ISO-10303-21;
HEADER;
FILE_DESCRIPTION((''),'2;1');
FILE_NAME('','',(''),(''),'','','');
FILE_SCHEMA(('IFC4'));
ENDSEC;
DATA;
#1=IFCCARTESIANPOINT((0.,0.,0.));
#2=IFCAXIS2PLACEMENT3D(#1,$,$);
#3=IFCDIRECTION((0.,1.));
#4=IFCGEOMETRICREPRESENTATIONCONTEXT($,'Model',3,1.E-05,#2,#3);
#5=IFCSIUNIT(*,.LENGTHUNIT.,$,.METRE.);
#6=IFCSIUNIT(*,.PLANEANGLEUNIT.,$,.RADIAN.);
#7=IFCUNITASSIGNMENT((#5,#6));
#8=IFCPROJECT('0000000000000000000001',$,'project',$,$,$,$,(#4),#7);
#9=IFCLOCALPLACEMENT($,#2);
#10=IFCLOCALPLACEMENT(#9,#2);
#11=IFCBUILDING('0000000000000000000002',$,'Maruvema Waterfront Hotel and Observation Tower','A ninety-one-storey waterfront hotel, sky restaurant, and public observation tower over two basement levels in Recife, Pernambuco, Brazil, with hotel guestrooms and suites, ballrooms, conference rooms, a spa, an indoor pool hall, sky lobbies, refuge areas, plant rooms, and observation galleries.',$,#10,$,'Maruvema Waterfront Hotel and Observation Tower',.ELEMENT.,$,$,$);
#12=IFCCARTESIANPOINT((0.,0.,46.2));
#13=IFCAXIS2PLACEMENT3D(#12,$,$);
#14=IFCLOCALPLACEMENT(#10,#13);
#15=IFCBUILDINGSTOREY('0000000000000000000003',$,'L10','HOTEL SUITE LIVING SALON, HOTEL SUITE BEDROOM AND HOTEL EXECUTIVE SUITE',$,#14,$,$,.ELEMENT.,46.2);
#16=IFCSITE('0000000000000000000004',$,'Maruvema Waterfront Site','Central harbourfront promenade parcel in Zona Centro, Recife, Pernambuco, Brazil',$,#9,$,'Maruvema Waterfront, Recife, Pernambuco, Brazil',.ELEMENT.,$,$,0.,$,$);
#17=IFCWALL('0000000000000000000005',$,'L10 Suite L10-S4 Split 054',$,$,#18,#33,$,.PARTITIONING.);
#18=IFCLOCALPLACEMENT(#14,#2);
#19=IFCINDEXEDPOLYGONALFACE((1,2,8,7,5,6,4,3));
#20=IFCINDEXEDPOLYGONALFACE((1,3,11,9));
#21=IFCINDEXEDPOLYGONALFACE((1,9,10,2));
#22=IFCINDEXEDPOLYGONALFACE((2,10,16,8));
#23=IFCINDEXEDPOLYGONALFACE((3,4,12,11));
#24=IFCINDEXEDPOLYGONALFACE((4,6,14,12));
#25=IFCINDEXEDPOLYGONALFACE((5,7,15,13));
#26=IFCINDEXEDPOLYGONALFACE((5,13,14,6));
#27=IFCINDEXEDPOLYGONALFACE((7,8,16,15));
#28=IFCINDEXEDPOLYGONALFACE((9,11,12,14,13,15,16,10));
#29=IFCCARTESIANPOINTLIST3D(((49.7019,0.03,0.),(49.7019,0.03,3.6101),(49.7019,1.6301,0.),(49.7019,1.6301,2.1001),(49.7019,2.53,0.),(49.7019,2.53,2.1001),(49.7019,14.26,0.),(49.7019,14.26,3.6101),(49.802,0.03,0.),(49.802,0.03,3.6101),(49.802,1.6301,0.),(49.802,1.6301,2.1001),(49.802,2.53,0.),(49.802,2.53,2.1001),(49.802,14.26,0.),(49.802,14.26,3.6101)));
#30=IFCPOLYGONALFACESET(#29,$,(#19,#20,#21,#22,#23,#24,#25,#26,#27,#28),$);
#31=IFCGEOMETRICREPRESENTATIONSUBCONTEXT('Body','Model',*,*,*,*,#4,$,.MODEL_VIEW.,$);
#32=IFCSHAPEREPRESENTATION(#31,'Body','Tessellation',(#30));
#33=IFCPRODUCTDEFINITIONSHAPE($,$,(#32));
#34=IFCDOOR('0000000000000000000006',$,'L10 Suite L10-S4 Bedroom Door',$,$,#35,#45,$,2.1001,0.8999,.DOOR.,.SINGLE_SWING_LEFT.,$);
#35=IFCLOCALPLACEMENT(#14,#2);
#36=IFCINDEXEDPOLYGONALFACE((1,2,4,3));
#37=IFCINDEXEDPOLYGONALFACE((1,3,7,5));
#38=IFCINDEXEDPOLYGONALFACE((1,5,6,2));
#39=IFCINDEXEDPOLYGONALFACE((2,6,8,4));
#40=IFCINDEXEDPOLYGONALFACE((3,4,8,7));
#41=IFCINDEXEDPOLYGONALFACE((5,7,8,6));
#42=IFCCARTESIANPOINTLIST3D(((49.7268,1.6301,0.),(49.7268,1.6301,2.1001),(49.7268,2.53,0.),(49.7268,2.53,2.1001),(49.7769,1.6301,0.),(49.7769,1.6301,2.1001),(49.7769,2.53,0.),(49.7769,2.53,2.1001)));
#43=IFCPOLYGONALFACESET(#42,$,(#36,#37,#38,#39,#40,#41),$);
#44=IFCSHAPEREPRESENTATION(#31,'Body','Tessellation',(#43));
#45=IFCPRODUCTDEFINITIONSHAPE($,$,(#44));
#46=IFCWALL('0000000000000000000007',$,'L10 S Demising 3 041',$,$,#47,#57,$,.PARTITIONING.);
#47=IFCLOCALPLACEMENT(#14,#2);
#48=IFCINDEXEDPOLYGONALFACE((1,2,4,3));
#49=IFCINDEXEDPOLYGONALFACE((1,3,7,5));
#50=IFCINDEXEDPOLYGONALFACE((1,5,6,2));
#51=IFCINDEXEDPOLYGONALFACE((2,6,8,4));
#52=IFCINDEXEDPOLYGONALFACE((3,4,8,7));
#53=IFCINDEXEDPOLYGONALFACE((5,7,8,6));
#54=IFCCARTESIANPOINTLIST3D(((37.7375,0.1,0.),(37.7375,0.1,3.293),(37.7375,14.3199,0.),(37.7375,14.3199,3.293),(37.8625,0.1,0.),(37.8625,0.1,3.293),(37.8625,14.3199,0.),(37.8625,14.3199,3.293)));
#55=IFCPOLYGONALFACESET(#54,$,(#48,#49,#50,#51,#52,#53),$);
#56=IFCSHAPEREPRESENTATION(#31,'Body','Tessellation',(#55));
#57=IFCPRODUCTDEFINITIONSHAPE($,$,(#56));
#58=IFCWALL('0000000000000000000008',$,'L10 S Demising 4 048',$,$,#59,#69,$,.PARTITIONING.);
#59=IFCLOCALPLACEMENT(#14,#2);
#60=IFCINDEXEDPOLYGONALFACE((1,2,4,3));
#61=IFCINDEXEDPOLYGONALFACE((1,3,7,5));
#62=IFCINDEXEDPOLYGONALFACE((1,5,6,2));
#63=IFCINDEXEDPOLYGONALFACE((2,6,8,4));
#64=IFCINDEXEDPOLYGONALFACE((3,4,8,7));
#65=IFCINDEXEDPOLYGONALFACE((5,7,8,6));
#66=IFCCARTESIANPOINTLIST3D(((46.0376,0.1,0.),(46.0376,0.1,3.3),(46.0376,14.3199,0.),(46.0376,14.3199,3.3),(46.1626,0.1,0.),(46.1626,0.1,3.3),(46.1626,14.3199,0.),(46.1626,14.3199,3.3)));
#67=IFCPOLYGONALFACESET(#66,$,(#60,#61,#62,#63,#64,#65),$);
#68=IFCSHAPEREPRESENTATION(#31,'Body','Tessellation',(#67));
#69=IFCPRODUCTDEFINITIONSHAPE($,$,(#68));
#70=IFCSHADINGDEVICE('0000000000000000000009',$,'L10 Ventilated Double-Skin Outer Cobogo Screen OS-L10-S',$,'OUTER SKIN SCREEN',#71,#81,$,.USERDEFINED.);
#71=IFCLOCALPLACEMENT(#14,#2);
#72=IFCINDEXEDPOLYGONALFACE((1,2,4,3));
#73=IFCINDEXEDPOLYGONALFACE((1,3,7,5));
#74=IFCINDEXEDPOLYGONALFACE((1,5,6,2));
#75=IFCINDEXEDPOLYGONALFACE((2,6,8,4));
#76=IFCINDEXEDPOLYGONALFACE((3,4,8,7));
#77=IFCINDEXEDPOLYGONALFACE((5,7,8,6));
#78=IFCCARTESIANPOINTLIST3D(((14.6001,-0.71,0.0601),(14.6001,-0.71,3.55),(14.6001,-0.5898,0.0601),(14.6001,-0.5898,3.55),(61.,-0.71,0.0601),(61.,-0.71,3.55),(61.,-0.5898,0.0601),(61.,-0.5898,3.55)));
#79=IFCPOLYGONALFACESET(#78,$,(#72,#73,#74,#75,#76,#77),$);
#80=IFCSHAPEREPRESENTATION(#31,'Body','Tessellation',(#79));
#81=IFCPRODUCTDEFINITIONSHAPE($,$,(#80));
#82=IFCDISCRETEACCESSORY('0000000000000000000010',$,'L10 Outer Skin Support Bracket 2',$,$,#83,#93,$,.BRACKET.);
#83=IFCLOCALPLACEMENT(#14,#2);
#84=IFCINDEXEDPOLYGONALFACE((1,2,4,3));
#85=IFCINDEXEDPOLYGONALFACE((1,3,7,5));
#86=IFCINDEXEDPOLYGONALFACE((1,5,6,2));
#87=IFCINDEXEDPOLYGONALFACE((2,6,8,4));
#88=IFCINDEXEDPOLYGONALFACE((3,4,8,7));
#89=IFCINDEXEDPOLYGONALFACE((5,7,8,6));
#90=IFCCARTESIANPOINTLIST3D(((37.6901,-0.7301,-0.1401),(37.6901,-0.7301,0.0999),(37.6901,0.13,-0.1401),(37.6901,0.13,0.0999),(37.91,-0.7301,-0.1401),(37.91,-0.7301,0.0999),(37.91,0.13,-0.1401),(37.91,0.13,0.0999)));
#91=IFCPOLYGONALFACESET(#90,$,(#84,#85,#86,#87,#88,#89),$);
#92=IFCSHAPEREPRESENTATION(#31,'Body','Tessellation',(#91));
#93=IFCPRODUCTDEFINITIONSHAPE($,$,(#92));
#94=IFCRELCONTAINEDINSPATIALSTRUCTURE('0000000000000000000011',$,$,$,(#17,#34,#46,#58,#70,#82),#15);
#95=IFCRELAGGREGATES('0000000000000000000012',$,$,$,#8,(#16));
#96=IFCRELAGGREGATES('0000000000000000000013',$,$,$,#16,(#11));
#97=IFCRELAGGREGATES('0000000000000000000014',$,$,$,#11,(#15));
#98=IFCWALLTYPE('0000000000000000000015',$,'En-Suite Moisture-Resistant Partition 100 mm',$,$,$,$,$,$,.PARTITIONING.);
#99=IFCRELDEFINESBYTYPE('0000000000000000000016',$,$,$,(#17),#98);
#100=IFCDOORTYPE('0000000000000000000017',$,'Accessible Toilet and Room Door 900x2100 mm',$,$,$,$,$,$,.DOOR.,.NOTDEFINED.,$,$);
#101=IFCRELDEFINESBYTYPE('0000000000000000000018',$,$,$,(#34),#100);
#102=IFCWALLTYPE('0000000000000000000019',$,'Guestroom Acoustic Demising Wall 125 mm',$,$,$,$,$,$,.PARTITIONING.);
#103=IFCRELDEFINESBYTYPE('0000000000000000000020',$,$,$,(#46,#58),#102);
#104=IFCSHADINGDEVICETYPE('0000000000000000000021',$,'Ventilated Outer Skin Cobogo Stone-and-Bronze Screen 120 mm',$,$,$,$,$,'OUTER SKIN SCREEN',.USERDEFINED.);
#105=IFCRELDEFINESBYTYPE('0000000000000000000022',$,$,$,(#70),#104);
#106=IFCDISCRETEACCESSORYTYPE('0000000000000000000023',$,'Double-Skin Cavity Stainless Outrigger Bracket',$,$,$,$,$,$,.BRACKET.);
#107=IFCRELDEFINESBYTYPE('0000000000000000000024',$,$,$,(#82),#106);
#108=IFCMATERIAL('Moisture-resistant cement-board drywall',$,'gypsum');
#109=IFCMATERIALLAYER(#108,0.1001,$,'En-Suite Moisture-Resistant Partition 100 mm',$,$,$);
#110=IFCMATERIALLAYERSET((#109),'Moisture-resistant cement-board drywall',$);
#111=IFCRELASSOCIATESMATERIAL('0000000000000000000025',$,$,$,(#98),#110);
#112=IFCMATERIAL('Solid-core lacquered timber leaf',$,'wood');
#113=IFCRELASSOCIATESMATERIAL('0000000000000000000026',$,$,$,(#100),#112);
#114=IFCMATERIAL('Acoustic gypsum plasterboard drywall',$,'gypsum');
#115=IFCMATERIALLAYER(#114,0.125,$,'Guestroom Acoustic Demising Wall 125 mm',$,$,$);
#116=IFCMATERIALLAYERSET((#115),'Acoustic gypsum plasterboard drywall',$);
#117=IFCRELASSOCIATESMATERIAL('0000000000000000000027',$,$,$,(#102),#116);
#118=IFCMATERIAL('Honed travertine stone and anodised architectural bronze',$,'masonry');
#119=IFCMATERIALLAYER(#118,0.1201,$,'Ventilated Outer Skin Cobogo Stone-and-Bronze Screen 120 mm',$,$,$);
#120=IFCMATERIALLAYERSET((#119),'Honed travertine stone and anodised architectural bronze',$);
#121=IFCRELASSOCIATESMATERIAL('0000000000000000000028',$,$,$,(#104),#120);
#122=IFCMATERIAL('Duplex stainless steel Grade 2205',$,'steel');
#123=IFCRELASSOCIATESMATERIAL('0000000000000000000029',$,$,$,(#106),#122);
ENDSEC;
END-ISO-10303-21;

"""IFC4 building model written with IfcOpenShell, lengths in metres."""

from ifc_helpers import new_model, si_unit, direction, frame, frame_2d, origin, origin_2d, place, context, subcontext, project, spatial, rectangle, extrude, material, layer, layer_set, type_object, element, fill, save


model = new_model("IFC4")

# Units and contexts
model_context = context("Model", 3, precision=1e-05, world=origin(), true_north=direction((0.0, 1.0)))
body_context = subcontext(model_context, "Body", "Model", "MODEL_VIEW")
ifc_project = project(units=[si_unit("LENGTHUNIT", "METRE"), si_unit("PLANEANGLEUNIT", "RADIAN")], contexts=[model_context])

# Site, building, storey
site_placement = place(None, origin())
site = spatial("IfcSite", under=ifc_project, at=site_placement, Name="Maruvema Waterfront Site", Description="Central harbourfront promenade parcel in Zona Centro, Recife, Pernambuco, Brazil", LongName="Maruvema Waterfront, Recife, Pernambuco, Brazil", CompositionType="ELEMENT", RefElevation=0.0)
building_placement = place(site_placement, origin())
building = spatial("IfcBuilding", under=site, at=building_placement, Name="Maruvema Waterfront Hotel and Observation Tower", Description="A ninety-one-storey waterfront hotel, sky restaurant, and public observation tower over two basement levels in Recife, Pernambuco, Brazil, with hotel guestrooms and suites, ballrooms, conference rooms, a spa, an indoor pool hall, sky lobbies, refuge areas, plant rooms, and observation galleries.", LongName="Maruvema Waterfront Hotel and Observation Tower", CompositionType="ELEMENT")
storey_placement = place(building_placement, frame((0.0, 0.0, 46.2)))
storey = spatial("IfcBuildingStorey", under=building, at=storey_placement, Name="L10", Description="HOTEL SUITE LIVING SALON, HOTEL SUITE BEDROOM AND HOTEL EXECUTIVE SUITE", CompositionType="ELEMENT", Elevation=46.2)

# Shared definitions
ifc_material_1 = material(Name="Moisture-resistant cement-board drywall", Category="gypsum")
ifc_layer_1 = layer(ifc_material_1, 0.1001, Name="En-Suite Moisture-Resistant Partition 100 mm")
ifc_layer_set_1 = layer_set([ifc_layer_1], Name="Moisture-resistant cement-board drywall")
wall_type_1 = type_object("IfcWallType", Name="En-Suite Moisture-Resistant Partition 100 mm", PredefinedType="PARTITIONING", material=ifc_layer_set_1)

# Wall, opening, door
ifc_material_2 = material(Name="Solid-core lacquered timber leaf", Category="wood")
door_type = type_object("IfcDoorType", Name="Accessible Toilet and Room Door 900x2100 mm", OperationType="NOTDEFINED", PredefinedType="DOOR", material=ifc_material_2)
wall_1_placement = place(storey_placement, frame((49.752, 0.03, 0.0), z_axis=(0.0, 0.0, 1.0), x_axis=(0.0, 1.0, 0.0)))
wall_1 = element("IfcWall", 1, at=wall_1_placement, inside=storey, type_object=wall_type_1, Name="L10 Suite L10-S4 Split 054", PredefinedType="PARTITIONING", context=body_context, shape_type="SweptSolid", body=[
    extrude(rectangle(XDim=14.23, YDim=0.1001, at=frame_2d((7.115, 0.0))), origin(), (0.0, 0.0, 1.0), 3.6101),
])
opening_1_placement = place(wall_1_placement, frame((1.6001, 0.0, 0.0)))
opening_1 = element("IfcOpeningElement", 2, at=opening_1_placement, cuts=wall_1, PredefinedType="OPENING", context=body_context, shape_type="SweptSolid", body=[
    extrude(rectangle(XDim=0.8999, YDim=2.1001, at=frame_2d((0.45, 1.05))), frame((0.0, 0.0601, 0.0), z_axis=(0.0, -1.0, 0.0), x_axis=(1.0, 0.0, 0.0)), (0.0, 0.0, 1.0), 0.1201),
])
door_1_placement = place(opening_1_placement, frame((0.8999, 0.0, 0.0), z_axis=(0.0, 0.0, 1.0), x_axis=(-1.0, 0.0, 0.0)))
door_1 = element("IfcDoor", 3, at=door_1_placement, inside=storey, type_object=door_type, Name="L10 Suite L10-S4 Bedroom Door", OperationType="SINGLE_SWING_LEFT", OverallHeight=2.1001, OverallWidth=0.8999, PredefinedType="DOOR", context=body_context, shape_type="SweptSolid", body=[
    extrude(rectangle(XDim=0.8999, YDim=2.1001, at=frame_2d((0.45, 1.05))), frame((0.0, 0.0249, 0.0), z_axis=(0.0, -1.0, 0.0), x_axis=(1.0, 0.0, 0.0)), (0.0, 0.0, 1.0), 0.05),
])
fill(opening_1, door_1)

# Walls
ifc_material_3 = material(Name="Acoustic gypsum plasterboard drywall", Category="gypsum")
ifc_layer_2 = layer(ifc_material_3, 0.125, Name="Guestroom Acoustic Demising Wall 125 mm")
ifc_layer_set_2 = layer_set([ifc_layer_2], Name="Acoustic gypsum plasterboard drywall")
wall_type_2 = type_object("IfcWallType", Name="Guestroom Acoustic Demising Wall 125 mm", PredefinedType="PARTITIONING", material=ifc_layer_set_2)
wall_2_placement = place(storey_placement, frame((37.8, 0.1001, 0.0), z_axis=(0.0, 0.0, 1.0), x_axis=(0.0, 1.0, 0.0)))
element("IfcWall", 4, at=wall_2_placement, inside=storey, type_object=wall_type_2, Name="L10 S Demising 3 041", PredefinedType="PARTITIONING", context=body_context, shape_type="SweptSolid", body=[
    extrude(rectangle(XDim=14.22, YDim=0.125, at=frame_2d((7.1099, 0.0))), origin(), (0.0, 0.0, 1.0), 3.293),
])
wall_3_placement = place(storey_placement, frame((46.1001, 0.1001, 0.0), z_axis=(0.0, 0.0, 1.0), x_axis=(0.0, 1.0, 0.0)))
element("IfcWall", 5, at=wall_3_placement, inside=storey, type_object=wall_type_2, Name="L10 S Demising 4 048", PredefinedType="PARTITIONING", context=body_context, shape_type="SweptSolid", body=[
    extrude(rectangle(XDim=14.22, YDim=0.125, at=frame_2d((7.1099, 0.0))), origin(), (0.0, 0.0, 1.0), 3.3),
])

# Shading device
ifc_material_4 = material(Name="Honed travertine stone and anodised architectural bronze", Category="masonry")
ifc_layer_3 = layer(ifc_material_4, 0.1201, Name="Ventilated Outer Skin Cobogo Stone-and-Bronze Screen 120 mm")
ifc_layer_set_3 = layer_set([ifc_layer_3], Name="Honed travertine stone and anodised architectural bronze")
shading_device_type = type_object("IfcShadingDeviceType", Name="Ventilated Outer Skin Cobogo Stone-and-Bronze Screen 120 mm", ElementType="OUTER SKIN SCREEN", PredefinedType="USERDEFINED", material=ifc_layer_set_3)
shading_device_placement = place(storey_placement, frame((37.8, -0.6499, 0.0601), z_axis=(0.0, 0.0, 1.0), x_axis=(1.0, 0.0, 0.0)))
element("IfcShadingDevice", 6, at=shading_device_placement, inside=storey, type_object=shading_device_type, Name="L10 Ventilated Double-Skin Outer Cobogo Screen OS-L10-S", ObjectType="OUTER SKIN SCREEN", PredefinedType="USERDEFINED", context=body_context, shape_type="SweptSolid", body=[
    extrude(rectangle(XDim=46.3999, YDim=0.1201, at=origin_2d()), origin(), (0.0, 0.0, 1.0), 3.49),
])

# Discrete accessory
ifc_material_5 = material(Name="Duplex stainless steel Grade 2205", Category="steel")
discrete_accessory_type = type_object("IfcDiscreteAccessoryType", Name="Double-Skin Cavity Stainless Outrigger Bracket", PredefinedType="BRACKET", material=ifc_material_5)
discrete_accessory_placement = place(storey_placement, frame((37.8, -0.3, -0.1401), z_axis=(0.0, 0.0, 1.0), x_axis=(1.0, 0.0, 0.0)))
element("IfcDiscreteAccessory", 7, at=discrete_accessory_placement, inside=storey, type_object=discrete_accessory_type, Name="L10 Outer Skin Support Bracket 2", PredefinedType="BRACKET", context=body_context, shape_type="SweptSolid", body=[
    extrude(rectangle(XDim=0.22, YDim=0.8601, at=origin_2d()), origin(), (0.0, 0.0, 1.0), 0.24),
])

save(model, "model.ifc")
